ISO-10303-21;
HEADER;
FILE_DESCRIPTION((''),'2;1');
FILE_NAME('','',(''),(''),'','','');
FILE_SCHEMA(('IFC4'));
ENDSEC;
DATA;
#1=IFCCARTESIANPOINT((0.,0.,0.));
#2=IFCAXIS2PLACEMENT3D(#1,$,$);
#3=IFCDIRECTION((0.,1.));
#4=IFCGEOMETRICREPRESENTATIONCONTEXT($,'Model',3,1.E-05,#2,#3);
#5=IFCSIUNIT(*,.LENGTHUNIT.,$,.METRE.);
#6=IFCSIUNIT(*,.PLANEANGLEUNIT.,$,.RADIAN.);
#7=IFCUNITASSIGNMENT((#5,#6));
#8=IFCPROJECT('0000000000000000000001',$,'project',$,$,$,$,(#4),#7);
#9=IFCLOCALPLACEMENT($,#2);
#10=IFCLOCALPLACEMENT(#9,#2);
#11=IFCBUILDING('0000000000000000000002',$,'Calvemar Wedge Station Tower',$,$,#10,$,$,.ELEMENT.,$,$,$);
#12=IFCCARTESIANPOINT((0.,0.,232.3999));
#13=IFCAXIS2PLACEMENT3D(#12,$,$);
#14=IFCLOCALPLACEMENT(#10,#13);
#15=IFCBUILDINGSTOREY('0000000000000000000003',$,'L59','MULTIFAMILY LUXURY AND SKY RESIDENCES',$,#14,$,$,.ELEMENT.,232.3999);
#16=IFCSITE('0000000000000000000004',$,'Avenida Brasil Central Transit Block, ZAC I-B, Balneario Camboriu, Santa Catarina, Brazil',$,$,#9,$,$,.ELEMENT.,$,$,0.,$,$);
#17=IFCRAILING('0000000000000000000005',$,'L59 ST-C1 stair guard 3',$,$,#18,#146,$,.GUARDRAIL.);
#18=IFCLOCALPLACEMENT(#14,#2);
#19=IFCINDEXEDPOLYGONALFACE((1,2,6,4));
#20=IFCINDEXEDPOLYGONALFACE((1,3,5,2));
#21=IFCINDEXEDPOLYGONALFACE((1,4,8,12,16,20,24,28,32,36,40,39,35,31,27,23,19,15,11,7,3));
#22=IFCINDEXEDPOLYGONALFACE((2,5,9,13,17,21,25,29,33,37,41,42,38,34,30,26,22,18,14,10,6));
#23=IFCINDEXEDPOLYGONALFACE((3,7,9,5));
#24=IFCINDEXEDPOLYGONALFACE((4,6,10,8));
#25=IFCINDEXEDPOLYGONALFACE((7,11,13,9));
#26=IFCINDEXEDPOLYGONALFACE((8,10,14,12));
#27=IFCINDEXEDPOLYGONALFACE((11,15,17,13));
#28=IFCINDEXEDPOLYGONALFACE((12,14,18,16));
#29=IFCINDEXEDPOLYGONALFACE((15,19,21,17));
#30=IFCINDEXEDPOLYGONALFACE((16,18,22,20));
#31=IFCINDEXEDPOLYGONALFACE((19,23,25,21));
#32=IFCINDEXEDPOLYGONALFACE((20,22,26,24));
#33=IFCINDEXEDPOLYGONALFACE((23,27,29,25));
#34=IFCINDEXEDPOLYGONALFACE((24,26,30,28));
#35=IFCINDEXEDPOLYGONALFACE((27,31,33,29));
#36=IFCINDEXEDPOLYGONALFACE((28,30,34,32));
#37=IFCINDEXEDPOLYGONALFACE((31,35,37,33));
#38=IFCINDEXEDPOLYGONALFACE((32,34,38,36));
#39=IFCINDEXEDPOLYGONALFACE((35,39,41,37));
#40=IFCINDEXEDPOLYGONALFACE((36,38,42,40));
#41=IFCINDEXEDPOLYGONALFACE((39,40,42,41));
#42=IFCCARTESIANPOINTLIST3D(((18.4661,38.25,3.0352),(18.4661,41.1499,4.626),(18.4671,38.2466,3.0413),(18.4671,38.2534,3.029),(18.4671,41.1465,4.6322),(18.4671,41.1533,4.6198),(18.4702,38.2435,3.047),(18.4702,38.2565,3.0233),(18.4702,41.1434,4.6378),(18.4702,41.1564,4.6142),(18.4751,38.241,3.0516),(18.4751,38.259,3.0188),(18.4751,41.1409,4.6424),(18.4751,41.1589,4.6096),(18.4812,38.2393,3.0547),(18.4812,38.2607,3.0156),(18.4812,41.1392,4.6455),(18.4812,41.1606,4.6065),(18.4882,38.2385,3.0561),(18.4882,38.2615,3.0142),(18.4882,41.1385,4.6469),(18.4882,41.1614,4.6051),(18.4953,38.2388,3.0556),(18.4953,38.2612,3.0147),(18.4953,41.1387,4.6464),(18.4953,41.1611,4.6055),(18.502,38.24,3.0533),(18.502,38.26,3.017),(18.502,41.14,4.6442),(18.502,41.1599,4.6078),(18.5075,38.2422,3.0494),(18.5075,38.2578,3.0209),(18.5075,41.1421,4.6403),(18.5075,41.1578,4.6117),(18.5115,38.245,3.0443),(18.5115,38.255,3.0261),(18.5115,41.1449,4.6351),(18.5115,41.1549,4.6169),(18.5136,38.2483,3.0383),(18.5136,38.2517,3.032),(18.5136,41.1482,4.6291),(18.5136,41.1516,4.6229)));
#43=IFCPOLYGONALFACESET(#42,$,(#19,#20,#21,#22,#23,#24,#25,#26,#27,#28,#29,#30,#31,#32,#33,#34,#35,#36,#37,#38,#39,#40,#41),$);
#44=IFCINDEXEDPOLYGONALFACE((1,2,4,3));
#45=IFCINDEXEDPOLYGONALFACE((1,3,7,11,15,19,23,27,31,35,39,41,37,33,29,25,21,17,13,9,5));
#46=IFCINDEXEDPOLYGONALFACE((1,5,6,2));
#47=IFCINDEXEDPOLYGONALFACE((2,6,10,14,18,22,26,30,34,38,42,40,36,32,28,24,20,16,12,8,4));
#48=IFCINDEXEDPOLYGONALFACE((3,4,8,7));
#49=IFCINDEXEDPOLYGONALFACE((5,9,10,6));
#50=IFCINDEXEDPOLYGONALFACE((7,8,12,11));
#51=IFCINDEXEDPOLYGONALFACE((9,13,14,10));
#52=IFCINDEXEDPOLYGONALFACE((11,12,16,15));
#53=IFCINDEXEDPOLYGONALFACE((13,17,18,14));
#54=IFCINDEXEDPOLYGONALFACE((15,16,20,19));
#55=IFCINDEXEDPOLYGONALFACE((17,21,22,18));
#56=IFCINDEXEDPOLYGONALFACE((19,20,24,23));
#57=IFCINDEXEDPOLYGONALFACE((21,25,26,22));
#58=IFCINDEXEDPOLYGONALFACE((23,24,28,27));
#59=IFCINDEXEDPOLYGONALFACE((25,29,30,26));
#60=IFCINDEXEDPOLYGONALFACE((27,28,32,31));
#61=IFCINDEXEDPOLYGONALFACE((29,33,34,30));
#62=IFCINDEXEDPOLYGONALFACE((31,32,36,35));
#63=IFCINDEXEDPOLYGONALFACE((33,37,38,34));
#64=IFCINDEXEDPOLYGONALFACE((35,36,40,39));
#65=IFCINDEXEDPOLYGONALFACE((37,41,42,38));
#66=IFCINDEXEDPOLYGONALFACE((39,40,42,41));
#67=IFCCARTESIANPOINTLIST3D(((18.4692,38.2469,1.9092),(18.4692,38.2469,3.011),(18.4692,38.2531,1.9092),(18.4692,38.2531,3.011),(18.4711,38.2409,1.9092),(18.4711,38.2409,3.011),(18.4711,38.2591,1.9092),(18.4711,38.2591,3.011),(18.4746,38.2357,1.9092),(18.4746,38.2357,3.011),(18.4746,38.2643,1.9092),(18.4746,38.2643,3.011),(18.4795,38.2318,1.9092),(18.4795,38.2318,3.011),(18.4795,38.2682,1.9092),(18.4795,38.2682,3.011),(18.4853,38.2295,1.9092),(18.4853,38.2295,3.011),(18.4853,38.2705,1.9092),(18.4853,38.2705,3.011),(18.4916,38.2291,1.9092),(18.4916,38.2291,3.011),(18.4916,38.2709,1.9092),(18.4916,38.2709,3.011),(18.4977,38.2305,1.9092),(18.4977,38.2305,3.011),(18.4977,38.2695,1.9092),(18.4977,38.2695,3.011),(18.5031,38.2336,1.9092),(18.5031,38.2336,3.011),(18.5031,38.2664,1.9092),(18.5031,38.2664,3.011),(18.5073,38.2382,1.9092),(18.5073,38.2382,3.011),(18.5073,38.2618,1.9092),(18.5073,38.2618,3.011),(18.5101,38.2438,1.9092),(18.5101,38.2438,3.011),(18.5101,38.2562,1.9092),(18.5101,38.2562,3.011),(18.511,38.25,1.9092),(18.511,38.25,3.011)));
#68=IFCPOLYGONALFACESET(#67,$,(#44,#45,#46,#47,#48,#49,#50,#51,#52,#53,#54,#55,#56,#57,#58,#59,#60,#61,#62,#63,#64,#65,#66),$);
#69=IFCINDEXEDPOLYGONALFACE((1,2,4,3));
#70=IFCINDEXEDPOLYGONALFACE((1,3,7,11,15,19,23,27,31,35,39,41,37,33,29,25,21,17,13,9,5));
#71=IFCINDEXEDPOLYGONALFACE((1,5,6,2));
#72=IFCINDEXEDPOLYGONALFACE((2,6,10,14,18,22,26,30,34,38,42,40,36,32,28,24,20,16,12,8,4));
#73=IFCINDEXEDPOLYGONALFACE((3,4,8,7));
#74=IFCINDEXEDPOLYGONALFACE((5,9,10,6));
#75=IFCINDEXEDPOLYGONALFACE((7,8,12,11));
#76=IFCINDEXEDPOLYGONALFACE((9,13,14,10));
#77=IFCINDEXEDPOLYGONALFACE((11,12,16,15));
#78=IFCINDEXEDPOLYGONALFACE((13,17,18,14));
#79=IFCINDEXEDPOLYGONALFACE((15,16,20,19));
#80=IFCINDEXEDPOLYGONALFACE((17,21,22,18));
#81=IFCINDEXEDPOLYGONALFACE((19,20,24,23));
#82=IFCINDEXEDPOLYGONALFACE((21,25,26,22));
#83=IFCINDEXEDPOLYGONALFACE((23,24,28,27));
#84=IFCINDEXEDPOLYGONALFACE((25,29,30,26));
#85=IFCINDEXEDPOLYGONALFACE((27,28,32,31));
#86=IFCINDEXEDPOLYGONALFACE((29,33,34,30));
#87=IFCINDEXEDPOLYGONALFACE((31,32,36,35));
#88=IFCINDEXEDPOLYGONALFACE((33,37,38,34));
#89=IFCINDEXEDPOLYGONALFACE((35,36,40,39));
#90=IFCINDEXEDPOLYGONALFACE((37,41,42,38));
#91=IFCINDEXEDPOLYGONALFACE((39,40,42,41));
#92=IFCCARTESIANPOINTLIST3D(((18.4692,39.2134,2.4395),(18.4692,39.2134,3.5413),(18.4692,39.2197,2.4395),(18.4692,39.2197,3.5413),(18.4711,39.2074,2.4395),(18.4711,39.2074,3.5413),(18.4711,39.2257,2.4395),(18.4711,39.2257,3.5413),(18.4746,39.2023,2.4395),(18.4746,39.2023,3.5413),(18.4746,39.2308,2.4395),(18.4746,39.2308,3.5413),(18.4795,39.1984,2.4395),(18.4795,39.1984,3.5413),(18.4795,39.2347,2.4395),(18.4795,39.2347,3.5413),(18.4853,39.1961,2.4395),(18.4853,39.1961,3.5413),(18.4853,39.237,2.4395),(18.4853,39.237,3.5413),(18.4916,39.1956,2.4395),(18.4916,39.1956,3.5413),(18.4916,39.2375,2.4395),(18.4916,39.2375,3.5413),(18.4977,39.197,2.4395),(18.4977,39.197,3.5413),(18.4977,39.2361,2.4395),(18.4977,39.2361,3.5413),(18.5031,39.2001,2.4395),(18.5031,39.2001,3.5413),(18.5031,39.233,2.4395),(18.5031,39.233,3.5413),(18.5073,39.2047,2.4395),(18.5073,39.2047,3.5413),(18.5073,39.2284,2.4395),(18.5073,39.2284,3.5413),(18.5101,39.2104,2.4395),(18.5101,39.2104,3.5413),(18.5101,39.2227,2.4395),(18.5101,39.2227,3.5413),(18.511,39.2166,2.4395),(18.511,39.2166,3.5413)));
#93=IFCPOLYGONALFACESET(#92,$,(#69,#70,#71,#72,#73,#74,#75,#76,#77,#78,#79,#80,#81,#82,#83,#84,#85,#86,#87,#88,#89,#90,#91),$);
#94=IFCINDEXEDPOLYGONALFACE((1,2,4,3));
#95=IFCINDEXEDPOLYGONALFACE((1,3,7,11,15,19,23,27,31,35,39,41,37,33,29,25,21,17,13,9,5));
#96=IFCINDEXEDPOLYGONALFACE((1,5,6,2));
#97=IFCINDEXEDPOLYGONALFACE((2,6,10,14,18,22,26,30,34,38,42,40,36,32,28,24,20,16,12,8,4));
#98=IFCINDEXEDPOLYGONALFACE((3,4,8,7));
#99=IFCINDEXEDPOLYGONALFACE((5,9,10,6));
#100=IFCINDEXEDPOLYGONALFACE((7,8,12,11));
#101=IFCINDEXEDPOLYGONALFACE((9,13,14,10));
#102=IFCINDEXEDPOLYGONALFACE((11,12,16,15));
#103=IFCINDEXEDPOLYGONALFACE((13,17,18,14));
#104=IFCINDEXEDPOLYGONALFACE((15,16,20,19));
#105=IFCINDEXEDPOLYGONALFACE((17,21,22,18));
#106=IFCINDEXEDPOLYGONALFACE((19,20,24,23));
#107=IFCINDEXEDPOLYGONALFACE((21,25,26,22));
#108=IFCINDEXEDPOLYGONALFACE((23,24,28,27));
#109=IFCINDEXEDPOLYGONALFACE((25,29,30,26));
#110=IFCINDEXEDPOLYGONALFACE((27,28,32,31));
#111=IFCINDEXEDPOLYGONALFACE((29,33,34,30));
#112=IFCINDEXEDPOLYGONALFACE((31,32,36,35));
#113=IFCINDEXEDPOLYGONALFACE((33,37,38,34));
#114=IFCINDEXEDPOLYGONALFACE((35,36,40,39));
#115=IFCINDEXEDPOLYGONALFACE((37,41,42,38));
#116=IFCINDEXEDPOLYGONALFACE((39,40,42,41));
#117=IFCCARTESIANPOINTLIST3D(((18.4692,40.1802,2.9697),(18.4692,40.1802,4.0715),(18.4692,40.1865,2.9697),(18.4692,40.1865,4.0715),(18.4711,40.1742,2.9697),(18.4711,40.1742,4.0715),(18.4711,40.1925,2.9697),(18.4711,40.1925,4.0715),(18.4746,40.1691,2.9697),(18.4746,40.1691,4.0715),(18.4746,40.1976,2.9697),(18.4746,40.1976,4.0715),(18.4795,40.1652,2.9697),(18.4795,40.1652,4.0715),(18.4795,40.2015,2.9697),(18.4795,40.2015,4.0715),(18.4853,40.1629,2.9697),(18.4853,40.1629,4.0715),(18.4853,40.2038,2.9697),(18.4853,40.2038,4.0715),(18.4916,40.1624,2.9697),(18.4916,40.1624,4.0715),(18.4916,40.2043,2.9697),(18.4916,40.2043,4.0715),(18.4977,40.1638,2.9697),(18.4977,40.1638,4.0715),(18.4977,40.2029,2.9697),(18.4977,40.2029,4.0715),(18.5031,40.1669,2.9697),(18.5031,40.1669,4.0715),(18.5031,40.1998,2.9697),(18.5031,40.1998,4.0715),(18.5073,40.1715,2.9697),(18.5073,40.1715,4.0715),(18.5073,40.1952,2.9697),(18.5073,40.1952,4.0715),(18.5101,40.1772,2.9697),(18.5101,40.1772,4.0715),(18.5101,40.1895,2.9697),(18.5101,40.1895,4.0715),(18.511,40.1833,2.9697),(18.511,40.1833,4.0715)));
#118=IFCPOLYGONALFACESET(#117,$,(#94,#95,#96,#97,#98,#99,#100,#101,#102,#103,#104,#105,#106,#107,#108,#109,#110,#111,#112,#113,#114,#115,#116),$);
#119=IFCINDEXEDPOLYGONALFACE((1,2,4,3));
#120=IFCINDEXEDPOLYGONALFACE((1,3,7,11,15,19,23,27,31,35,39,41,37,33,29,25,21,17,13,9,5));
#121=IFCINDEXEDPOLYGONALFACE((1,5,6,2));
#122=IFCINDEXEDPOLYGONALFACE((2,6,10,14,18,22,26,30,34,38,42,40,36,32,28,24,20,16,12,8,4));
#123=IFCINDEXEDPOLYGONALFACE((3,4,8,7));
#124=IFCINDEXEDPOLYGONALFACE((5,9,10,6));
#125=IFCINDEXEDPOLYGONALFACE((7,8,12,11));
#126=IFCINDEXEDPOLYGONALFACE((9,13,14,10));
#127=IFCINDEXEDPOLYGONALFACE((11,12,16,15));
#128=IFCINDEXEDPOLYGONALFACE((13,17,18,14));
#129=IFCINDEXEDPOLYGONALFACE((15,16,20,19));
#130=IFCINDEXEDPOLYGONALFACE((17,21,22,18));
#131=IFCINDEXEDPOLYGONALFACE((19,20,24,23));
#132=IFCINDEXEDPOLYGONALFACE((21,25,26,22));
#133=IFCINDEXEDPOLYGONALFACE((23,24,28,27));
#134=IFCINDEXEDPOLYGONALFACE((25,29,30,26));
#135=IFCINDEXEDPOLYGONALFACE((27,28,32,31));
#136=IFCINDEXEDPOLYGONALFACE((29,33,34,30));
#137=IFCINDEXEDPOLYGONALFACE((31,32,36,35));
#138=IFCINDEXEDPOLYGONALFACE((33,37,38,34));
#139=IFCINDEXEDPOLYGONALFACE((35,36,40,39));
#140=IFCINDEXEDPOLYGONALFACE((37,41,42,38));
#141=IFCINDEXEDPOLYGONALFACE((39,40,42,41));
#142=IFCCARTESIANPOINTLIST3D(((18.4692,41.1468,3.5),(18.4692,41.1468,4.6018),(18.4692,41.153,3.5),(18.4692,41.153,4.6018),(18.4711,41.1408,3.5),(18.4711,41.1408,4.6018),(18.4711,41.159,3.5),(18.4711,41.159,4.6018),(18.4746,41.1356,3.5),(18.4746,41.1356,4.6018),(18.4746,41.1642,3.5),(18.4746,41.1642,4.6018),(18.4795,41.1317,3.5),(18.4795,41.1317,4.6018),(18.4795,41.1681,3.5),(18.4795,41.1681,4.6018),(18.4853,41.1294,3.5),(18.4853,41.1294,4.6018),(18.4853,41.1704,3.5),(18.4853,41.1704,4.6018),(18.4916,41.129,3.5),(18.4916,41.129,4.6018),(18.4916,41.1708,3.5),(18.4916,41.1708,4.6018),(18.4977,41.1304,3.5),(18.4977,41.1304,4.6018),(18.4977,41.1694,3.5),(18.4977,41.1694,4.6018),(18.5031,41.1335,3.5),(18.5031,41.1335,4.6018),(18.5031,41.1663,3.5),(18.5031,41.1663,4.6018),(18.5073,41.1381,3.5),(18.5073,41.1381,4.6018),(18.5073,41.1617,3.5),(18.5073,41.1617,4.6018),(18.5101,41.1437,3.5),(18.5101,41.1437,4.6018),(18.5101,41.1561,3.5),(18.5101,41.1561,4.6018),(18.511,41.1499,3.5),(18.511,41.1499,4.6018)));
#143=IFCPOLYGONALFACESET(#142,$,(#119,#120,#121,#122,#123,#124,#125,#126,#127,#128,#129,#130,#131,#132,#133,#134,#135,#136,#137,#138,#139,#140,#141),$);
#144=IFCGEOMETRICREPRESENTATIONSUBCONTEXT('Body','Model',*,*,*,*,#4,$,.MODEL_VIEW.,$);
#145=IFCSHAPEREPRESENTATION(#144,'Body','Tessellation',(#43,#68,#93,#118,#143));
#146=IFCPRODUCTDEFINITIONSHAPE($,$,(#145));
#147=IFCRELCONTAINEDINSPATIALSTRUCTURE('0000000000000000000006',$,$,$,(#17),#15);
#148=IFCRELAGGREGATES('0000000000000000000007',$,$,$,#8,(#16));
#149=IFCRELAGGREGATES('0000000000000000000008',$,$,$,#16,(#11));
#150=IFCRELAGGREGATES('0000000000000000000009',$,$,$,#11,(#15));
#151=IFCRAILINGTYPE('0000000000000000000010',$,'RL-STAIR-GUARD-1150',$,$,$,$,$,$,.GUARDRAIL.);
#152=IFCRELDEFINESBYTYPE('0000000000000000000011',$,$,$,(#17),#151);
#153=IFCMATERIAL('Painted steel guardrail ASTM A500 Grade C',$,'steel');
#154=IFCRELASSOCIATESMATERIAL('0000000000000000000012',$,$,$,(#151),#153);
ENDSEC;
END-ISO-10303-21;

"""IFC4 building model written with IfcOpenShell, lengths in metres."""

from ifc_helpers import new_model, si_unit, direction, frame, origin, origin_2d, place, context, subcontext, project, spatial, circle, extrude, material, type_object, element, save


model = new_model("IFC4")

# Units and contexts
model_context = context("Model", 3, precision=1e-05, world=origin(), true_north=direction((0.0, 1.0)))
body_context = subcontext(model_context, "Body", "Model", "MODEL_VIEW")
ifc_project = project(units=[si_unit("LENGTHUNIT", "METRE"), si_unit("PLANEANGLEUNIT", "RADIAN")], contexts=[model_context])

# Site, building, storey
site_placement = place(None, origin())
site = spatial("IfcSite", under=ifc_project, at=site_placement, Name="Avenida Brasil Central Transit Block, ZAC I-B, Balneario Camboriu, Santa Catarina, Brazil", CompositionType="ELEMENT", RefElevation=0.0)
building_placement = place(site_placement, origin())
building = spatial("IfcBuilding", under=site, at=building_placement, Name="Calvemar Wedge Station Tower", CompositionType="ELEMENT")
storey_placement = place(building_placement, frame((0.0, 0.0, 232.3999)))
storey = spatial("IfcBuildingStorey", under=building, at=storey_placement, Name="L59", Description="MULTIFAMILY LUXURY AND SKY RESIDENCES", CompositionType="ELEMENT", Elevation=232.3999)

# Railing
ifc_material_1 = material(Name="Painted steel guardrail ASTM A500 Grade C", Category="steel")
railing_type_1 = type_object("IfcRailingType", Name="RL-STAIR-GUARD-1150", PredefinedType="GUARDRAIL", material=ifc_material_1)
railing_1_placement = place(storey_placement, frame((18.49, 38.25, 1.9092)))
element("IfcRailing", 1, at=railing_1_placement, inside=storey, type_object=railing_type_1, Name="L59 ST-C1 stair guard 3", PredefinedType="GUARDRAIL", context=body_context, shape_type="SweptSolid", body=[
    extrude(circle(Radius=0.0239, at=origin_2d()), frame((0.0, 0.0, 1.126), z_axis=(0.0, 0.876742, 0.480961), x_axis=(-1.0, 0.0, 0.0)), (0.0, 0.0, 1.0), 3.3076),
    extrude(circle(Radius=0.021, at=origin_2d()), origin(), (0.0, 0.0, 1.0), 1.1018),
    extrude(circle(Radius=0.021, at=origin_2d()), frame((0.0, 0.9666, 0.5303)), (0.0, 0.0, 1.0), 1.1018),
    extrude(circle(Radius=0.021, at=origin_2d()), frame((0.0, 1.9333, 1.0605)), (0.0, 0.0, 1.0), 1.1018),
    extrude(circle(Radius=0.021, at=origin_2d()), frame((0.0, 2.8999, 1.5908)), (0.0, 0.0, 1.0), 1.1018),
])

save(model, "model.ifc")
